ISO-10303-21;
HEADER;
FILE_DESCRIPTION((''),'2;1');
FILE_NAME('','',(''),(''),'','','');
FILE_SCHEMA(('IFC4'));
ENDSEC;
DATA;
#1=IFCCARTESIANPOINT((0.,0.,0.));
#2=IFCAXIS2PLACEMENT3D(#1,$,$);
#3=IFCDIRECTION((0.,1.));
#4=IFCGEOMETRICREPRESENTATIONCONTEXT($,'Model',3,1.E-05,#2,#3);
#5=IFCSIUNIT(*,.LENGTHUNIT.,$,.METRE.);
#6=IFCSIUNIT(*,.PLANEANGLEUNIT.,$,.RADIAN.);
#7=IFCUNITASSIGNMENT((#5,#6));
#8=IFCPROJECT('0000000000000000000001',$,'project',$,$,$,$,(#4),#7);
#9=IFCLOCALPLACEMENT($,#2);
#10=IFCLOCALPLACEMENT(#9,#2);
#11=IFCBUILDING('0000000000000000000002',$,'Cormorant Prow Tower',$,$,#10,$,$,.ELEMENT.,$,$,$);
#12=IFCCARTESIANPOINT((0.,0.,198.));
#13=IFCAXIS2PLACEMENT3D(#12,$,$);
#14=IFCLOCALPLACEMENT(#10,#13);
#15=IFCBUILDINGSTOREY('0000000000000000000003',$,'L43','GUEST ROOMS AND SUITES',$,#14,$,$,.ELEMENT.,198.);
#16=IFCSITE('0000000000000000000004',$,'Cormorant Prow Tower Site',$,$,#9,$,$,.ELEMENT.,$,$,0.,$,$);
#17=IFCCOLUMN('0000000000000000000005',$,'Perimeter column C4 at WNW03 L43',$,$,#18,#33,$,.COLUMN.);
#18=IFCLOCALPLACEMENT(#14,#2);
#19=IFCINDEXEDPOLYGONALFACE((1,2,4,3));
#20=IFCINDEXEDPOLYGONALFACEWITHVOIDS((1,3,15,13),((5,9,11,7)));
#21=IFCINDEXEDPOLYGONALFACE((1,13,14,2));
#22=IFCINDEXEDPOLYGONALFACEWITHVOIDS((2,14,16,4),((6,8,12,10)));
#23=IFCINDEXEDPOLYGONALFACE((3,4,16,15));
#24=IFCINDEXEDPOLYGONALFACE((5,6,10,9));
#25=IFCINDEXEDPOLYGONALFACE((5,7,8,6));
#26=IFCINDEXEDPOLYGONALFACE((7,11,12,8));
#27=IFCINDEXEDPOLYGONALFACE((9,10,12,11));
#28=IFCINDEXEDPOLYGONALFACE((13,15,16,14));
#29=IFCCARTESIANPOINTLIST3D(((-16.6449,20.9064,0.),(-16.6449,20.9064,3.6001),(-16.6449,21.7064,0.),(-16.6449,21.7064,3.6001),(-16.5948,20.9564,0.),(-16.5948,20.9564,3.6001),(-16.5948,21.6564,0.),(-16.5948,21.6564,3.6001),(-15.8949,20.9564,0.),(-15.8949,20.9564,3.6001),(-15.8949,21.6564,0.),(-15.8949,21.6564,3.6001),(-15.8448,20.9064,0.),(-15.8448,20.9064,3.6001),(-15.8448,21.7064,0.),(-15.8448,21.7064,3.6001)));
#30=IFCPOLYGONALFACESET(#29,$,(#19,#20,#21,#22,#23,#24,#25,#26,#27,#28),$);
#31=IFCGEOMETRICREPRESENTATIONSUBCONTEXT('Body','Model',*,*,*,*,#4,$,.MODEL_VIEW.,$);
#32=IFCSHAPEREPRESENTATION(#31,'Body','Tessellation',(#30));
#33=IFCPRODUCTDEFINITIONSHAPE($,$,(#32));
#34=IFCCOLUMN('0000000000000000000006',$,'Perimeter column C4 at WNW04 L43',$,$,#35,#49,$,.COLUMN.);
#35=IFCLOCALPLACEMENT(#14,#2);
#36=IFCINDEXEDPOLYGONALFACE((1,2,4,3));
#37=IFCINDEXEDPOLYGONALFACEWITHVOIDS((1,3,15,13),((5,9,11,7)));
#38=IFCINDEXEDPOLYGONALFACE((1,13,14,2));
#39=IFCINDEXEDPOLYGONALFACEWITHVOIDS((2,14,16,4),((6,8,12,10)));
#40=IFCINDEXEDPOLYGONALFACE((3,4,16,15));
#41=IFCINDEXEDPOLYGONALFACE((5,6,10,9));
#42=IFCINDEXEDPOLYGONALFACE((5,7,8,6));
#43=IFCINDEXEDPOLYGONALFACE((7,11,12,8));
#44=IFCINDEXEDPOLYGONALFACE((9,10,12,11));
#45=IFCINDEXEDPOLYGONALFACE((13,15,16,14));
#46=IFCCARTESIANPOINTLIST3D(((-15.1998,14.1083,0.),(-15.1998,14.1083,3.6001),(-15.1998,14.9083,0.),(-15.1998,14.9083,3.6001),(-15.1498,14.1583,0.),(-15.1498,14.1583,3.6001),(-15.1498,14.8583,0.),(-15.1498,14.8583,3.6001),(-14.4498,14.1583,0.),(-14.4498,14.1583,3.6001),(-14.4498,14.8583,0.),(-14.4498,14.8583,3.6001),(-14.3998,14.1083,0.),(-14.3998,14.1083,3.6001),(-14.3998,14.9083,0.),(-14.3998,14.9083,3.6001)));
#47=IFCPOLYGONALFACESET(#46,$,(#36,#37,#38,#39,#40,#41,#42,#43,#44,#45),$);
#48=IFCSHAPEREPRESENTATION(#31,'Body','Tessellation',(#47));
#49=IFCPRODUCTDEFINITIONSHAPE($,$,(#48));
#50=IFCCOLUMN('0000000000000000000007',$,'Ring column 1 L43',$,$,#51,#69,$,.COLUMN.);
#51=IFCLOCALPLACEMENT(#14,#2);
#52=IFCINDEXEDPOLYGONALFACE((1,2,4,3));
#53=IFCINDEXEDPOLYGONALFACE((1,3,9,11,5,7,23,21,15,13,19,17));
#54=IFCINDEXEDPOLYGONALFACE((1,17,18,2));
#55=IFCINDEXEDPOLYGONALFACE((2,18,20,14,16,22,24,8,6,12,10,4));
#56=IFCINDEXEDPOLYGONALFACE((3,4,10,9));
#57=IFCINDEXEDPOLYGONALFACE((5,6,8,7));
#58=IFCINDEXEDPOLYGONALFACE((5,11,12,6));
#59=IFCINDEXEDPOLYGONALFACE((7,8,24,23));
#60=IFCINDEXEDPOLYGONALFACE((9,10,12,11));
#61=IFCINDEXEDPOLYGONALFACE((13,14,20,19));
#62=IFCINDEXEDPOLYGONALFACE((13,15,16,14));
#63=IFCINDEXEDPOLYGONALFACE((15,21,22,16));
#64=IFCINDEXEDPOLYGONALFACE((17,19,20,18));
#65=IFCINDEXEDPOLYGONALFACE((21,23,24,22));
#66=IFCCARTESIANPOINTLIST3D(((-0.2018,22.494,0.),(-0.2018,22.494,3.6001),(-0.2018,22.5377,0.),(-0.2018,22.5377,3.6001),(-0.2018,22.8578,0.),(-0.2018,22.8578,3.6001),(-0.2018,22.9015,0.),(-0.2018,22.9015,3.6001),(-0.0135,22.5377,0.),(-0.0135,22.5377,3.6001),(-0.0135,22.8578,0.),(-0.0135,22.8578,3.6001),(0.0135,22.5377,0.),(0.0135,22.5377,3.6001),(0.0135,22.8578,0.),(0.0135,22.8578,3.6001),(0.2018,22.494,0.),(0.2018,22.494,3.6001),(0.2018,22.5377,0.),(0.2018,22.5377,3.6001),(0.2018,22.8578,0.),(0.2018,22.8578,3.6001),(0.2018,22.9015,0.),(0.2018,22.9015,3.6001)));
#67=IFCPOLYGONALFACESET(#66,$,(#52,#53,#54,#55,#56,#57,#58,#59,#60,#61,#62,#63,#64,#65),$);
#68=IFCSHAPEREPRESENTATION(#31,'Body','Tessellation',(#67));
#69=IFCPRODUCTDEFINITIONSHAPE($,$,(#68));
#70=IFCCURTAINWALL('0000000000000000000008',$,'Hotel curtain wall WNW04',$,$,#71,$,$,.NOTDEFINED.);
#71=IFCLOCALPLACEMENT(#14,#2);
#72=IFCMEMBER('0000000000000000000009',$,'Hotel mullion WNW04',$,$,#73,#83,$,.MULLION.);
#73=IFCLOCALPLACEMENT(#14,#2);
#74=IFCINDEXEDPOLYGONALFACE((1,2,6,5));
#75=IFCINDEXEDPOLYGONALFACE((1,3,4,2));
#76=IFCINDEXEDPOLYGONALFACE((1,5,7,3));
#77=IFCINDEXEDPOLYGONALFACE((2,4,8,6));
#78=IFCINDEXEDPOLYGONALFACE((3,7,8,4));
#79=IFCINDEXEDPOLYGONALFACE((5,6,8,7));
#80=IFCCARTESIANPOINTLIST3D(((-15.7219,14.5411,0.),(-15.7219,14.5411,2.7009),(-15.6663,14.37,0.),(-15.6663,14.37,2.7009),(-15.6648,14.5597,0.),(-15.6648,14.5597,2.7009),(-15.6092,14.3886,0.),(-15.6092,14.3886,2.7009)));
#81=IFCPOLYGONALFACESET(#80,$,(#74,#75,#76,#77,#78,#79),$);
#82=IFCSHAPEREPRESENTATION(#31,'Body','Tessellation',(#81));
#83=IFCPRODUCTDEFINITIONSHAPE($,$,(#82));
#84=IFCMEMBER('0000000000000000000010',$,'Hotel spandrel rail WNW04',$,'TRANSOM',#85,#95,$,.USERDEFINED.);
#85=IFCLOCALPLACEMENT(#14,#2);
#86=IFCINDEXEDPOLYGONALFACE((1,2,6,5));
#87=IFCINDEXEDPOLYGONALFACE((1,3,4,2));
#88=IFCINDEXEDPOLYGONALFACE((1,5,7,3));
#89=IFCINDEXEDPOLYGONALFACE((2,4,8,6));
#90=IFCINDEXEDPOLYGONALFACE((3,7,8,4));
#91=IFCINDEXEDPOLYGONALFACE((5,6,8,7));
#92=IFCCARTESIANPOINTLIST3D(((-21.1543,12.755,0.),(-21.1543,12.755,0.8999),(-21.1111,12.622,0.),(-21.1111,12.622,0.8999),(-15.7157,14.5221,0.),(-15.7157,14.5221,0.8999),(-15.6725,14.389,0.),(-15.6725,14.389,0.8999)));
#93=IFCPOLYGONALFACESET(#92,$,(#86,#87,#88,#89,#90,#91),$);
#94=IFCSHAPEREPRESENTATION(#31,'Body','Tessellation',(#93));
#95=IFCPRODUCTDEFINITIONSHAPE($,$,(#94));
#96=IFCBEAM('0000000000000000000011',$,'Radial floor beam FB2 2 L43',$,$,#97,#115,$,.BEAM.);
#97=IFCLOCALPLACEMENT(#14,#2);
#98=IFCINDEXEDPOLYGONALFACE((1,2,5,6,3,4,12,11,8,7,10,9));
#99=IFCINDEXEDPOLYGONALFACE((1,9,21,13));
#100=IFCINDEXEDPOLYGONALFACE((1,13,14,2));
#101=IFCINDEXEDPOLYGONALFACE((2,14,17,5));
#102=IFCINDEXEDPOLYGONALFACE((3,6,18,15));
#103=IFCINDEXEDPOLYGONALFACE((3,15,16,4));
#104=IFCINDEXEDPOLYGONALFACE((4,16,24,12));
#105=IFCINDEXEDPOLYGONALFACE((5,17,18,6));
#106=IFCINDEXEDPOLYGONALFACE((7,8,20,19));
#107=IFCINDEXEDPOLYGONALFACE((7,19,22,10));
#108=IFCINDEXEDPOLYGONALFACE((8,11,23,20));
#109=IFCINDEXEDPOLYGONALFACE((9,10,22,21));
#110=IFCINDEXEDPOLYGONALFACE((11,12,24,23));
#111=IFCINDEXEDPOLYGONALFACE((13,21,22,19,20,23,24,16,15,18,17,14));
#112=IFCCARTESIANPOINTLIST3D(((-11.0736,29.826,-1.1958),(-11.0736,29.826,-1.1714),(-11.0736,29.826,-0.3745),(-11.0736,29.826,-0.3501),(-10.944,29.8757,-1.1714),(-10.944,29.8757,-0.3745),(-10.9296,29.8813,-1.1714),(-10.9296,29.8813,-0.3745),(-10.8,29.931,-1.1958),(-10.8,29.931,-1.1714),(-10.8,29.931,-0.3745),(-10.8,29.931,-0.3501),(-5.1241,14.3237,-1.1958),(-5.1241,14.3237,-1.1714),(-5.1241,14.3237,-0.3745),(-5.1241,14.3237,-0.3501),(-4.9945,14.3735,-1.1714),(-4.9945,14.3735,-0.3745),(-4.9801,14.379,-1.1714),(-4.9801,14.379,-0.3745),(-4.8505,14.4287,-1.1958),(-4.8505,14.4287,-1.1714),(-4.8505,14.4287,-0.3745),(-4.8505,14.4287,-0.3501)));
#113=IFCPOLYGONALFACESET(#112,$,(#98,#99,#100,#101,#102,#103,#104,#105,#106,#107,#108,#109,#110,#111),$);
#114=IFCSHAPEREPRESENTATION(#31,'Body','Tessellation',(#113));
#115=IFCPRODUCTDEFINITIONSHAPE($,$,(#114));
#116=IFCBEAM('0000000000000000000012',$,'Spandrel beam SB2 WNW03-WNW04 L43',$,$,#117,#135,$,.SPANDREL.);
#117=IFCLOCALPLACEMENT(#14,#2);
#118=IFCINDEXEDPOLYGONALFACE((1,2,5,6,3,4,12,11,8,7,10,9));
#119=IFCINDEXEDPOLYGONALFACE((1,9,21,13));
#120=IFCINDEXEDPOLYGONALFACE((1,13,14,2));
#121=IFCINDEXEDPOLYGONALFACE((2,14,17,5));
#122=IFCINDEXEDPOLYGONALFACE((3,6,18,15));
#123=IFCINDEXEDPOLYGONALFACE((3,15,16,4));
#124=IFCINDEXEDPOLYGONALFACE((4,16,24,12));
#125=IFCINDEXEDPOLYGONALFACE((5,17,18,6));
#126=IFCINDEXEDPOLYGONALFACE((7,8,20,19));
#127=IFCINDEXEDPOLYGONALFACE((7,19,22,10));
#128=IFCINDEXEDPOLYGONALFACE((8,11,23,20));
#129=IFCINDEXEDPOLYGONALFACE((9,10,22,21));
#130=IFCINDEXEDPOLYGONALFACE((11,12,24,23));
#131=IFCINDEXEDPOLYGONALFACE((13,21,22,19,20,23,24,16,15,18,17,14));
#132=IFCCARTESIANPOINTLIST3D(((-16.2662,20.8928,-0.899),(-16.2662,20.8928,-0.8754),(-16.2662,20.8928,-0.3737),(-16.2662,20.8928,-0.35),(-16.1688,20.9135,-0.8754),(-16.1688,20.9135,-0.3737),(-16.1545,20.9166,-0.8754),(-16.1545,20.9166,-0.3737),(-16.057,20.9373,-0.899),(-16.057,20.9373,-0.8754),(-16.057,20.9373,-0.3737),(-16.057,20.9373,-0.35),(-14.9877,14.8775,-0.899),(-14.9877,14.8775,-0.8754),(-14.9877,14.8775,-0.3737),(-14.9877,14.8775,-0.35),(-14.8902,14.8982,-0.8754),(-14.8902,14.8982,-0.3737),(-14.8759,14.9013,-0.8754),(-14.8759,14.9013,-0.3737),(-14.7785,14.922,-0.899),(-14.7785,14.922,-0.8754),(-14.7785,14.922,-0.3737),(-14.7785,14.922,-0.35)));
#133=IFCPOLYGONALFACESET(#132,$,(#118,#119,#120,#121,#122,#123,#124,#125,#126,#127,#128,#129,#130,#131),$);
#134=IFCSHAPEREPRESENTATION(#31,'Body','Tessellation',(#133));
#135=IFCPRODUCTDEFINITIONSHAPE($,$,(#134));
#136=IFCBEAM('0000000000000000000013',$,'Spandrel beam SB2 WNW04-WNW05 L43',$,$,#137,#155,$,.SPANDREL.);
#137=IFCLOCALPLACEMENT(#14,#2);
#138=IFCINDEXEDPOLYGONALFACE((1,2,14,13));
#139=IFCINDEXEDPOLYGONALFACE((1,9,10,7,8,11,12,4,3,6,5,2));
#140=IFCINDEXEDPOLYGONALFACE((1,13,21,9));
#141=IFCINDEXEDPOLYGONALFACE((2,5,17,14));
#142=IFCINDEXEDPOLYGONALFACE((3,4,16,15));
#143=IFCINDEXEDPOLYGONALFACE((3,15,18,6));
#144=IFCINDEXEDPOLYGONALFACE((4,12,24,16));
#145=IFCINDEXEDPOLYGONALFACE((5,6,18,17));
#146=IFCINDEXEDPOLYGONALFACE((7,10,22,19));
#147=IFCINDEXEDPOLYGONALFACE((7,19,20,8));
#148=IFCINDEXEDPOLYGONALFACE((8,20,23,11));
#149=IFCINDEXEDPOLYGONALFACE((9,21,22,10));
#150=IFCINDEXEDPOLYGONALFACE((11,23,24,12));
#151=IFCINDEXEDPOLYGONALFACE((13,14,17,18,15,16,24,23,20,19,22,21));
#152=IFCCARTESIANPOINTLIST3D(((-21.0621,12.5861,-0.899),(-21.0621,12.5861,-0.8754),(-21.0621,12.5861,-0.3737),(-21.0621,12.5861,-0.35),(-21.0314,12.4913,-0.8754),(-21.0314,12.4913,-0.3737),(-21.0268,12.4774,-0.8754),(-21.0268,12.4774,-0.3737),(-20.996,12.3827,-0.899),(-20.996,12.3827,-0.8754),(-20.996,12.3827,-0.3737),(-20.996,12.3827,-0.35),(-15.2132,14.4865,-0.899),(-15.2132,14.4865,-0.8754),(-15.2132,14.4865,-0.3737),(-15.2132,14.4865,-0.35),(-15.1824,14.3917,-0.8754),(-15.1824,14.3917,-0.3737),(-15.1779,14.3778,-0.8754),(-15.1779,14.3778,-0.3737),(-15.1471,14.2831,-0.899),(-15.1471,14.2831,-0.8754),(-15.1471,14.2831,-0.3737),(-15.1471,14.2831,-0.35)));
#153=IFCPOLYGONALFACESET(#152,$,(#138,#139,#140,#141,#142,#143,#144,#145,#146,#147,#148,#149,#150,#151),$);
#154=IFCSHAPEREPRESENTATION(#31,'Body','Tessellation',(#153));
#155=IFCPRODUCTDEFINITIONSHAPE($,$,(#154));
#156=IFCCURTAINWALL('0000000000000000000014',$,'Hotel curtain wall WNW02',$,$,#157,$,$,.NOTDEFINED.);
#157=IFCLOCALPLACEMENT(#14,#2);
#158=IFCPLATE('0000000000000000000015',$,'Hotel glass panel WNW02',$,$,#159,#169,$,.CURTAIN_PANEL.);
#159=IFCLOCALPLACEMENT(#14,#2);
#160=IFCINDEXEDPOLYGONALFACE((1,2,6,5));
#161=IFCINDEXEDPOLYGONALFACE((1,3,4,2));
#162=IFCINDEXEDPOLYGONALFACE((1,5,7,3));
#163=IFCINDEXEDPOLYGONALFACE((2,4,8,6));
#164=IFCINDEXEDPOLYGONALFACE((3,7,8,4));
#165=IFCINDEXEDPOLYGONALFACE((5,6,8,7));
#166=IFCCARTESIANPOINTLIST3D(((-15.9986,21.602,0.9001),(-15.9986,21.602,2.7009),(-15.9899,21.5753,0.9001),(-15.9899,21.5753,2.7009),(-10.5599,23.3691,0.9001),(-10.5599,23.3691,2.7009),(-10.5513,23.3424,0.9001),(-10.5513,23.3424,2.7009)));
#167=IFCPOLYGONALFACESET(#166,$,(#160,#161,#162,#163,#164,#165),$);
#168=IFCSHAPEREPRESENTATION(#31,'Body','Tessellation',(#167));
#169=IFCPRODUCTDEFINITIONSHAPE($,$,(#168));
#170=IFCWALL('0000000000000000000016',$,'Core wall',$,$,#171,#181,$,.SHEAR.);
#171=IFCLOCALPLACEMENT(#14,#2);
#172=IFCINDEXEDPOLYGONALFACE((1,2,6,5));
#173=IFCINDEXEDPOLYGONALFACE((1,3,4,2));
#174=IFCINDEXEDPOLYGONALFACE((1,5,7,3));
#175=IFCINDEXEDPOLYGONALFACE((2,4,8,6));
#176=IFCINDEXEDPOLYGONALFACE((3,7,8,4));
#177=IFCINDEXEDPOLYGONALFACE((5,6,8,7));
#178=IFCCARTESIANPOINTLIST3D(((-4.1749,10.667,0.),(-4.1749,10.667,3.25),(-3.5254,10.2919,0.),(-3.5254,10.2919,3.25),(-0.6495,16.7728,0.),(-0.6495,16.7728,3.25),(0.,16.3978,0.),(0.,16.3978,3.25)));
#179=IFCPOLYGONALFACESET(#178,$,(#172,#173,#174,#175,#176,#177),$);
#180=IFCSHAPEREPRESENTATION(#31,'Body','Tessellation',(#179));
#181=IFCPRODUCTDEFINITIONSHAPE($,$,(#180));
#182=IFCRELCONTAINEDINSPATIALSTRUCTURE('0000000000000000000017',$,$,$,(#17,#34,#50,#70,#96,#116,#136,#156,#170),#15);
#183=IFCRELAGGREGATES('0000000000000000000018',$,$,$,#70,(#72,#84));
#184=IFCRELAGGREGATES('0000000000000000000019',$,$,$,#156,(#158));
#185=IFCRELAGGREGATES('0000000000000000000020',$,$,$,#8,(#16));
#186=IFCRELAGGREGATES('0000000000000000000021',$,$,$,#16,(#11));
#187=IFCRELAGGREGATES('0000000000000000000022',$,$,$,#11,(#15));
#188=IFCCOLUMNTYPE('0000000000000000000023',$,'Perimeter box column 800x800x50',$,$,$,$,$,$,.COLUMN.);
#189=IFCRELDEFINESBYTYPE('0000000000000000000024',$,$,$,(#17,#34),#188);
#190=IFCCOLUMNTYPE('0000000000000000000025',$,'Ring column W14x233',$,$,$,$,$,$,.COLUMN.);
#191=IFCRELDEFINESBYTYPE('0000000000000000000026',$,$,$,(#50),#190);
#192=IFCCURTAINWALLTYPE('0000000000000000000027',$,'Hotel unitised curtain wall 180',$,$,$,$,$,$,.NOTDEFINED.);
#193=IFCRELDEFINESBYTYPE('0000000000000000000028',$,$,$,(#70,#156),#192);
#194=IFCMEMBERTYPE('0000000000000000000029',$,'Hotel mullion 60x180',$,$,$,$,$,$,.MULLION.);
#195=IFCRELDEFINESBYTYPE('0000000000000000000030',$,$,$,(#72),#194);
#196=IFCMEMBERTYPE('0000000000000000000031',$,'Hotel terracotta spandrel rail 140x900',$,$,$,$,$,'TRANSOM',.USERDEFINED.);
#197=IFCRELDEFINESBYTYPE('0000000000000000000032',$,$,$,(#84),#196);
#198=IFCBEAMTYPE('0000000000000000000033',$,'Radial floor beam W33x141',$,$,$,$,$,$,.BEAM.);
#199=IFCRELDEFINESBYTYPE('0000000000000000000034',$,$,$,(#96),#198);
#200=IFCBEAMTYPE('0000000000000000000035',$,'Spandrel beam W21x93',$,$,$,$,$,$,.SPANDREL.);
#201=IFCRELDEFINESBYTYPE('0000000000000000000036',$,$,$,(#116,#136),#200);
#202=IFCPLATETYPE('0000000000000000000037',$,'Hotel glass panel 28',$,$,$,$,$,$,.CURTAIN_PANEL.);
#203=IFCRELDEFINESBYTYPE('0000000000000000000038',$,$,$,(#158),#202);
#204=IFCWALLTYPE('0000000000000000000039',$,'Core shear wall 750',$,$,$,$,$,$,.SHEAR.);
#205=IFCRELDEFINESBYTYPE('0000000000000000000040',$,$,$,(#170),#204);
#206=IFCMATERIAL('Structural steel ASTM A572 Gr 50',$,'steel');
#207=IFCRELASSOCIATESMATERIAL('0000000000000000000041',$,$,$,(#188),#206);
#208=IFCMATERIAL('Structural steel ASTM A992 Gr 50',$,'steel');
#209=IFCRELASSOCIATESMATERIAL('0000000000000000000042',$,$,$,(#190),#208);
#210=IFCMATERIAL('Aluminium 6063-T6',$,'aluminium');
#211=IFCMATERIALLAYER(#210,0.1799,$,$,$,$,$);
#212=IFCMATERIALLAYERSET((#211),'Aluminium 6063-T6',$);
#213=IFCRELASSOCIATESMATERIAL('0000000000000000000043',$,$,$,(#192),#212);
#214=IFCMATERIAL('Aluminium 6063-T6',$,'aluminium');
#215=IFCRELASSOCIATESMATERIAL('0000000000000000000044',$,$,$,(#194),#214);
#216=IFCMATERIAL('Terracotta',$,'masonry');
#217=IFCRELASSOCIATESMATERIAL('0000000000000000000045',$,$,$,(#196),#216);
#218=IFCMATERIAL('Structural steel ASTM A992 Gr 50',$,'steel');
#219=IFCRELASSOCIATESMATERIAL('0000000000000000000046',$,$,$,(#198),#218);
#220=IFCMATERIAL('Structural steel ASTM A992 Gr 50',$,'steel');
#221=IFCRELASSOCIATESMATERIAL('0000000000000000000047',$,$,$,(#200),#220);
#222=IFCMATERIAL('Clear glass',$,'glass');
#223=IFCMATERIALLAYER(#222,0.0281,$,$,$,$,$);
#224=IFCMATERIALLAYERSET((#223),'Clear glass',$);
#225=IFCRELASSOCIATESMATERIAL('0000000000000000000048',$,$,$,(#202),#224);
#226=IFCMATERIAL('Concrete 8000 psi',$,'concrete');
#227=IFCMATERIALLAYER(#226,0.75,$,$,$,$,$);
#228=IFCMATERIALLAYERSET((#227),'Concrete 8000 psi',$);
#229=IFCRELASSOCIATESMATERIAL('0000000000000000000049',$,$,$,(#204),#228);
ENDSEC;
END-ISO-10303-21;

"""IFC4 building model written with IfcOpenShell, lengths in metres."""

from ifc_helpers import new_model, si_unit, direction, frame, frame_2d, origin, origin_2d, place, context, subcontext, project, spatial, rectangle, hollow_rectangle, i_section, extrude, material, layer, layer_set, material_profile, profile_set, type_object, element, aggregate, save


model = new_model("IFC4")

# Units and contexts
model_context = context("Model", 3, precision=1e-05, world=origin(), true_north=direction((0.0, 1.0)))
body_context = subcontext(model_context, "Body", "Model", "MODEL_VIEW")
ifc_project = project(units=[si_unit("LENGTHUNIT", "METRE"), si_unit("PLANEANGLEUNIT", "RADIAN")], contexts=[model_context])

# Site, building, storey
site_placement = place(None, origin())
site = spatial("IfcSite", under=ifc_project, at=site_placement, Name="Cormorant Prow Tower Site", CompositionType="ELEMENT", RefElevation=0.0)
building_placement = place(site_placement, origin())
building = spatial("IfcBuilding", under=site, at=building_placement, Name="Cormorant Prow Tower", CompositionType="ELEMENT")
storey_placement = place(building_placement, frame((0.0, 0.0, 198.0)))
storey = spatial("IfcBuildingStorey", under=building, at=storey_placement, Name="L43", Description="GUEST ROOMS AND SUITES", CompositionType="ELEMENT", Elevation=198.0)

# Columns
ifc_material_1 = material(Name="Structural steel ASTM A572 Gr 50", Category="steel")
ifc_material_profile_1 = material_profile(ifc_material_1, hollow_rectangle(XDim=0.8, YDim=0.8, WallThickness=0.05, at=origin_2d()), Name="Box 800x800x50")
ifc_profile_set_1 = profile_set([ifc_material_profile_1], Name="Structural steel ASTM A572 Gr 50")
column_type_1 = type_object("IfcColumnType", Name="Perimeter box column 800x800x50", PredefinedType="COLUMN", material=ifc_profile_set_1)
for number, where, z_axis, x_axis, name in (
    (1, (-16.2449, 21.3064, 0.0), (0.0, 0.0, 1.0), (1.0, 0.0, 0.0), "Perimeter column C4 at WNW03 L43"),
    (2, (-14.7998, 14.5083, 0.0), (0.0, 0.0, 1.0), (1.0, 0.0, 0.0), "Perimeter column C4 at WNW04 L43"),
):
    element("IfcColumn", number, at=place(storey_placement, frame(where, z_axis=z_axis, x_axis=x_axis)), inside=storey, type_object=column_type_1, Name=name, PredefinedType="COLUMN", context=body_context, shape_type="SweptSolid", body=[
        extrude(hollow_rectangle(XDim=0.8, YDim=0.8, WallThickness=0.05, at=origin_2d()), origin(), (0.0, 0.0, 1.0), 3.6001),
    ])
ifc_material_2 = material(Name="Structural steel ASTM A992 Gr 50", Category="steel")
ifc_material_profile_2 = material_profile(ifc_material_2, i_section(OverallWidth=0.4036, OverallDepth=0.4075, WebThickness=0.0271, FlangeThickness=0.0437, at=origin_2d()), Name="W14x233")
ifc_profile_set_2 = profile_set([ifc_material_profile_2], Name="Structural steel ASTM A992 Gr 50")
column_type_2 = type_object("IfcColumnType", Name="Ring column W14x233", PredefinedType="COLUMN", material=ifc_profile_set_2)
column_placement = place(storey_placement, frame((0.0, 22.6978, 0.0), z_axis=(0.0, 0.0, 1.0), x_axis=(1.0, 0.0, 0.0)))
element("IfcColumn", 3, at=column_placement, inside=storey, type_object=column_type_2, Name="Ring column 1 L43", PredefinedType="COLUMN", context=body_context, shape_type="SweptSolid", body=[
    extrude(i_section(OverallWidth=0.4036, OverallDepth=0.4075, WebThickness=0.0271, FlangeThickness=0.0437, at=origin_2d()), origin(), (0.0, 0.0, 1.0), 3.6001),
])

# Curtain wall, members
ifc_material_3 = material(Name="Aluminium 6063-T6", Category="aluminium")
ifc_layer_1 = layer(ifc_material_3, 0.1799)
ifc_layer_set_1 = layer_set([ifc_layer_1], Name="Aluminium 6063-T6")
curtain_wall_type = type_object("IfcCurtainWallType", Name="Hotel unitised curtain wall 180", PredefinedType="NOTDEFINED", material=ifc_layer_set_1)
curtain_wall_1_placement = place(storey_placement, origin())
curtain_wall_1 = element("IfcCurtainWall", 4, at=curtain_wall_1_placement, inside=storey, type_object=curtain_wall_type, Name="Hotel curtain wall WNW04", PredefinedType="NOTDEFINED")
ifc_material_4 = material(Name="Aluminium 6063-T6", Category="aluminium")
ifc_material_profile_3 = material_profile(ifc_material_4, rectangle(XDim=0.1799, YDim=0.0601, at=origin_2d()), Name="Hotel mullion 60x180")
ifc_profile_set_3 = profile_set([ifc_material_profile_3], Name="Aluminium 6063-T6")
member_type_1 = type_object("IfcMemberType", Name="Hotel mullion 60x180", PredefinedType="MULLION", material=ifc_profile_set_3)
member_1_placement = place(storey_placement, frame((-15.6655, 14.4648, 0.0), z_axis=(0.0, 0.0, 1.0), x_axis=(0.309017, -0.951057, 0.0)))
member_1 = element("IfcMember", 5, at=member_1_placement, type_object=member_type_1, Name="Hotel mullion WNW04", PredefinedType="MULLION", context=body_context, shape_type="SweptSolid", body=[
    extrude(rectangle(XDim=0.1799, YDim=0.0601, at=origin_2d()), origin(), (0.0, 0.0, 1.0), 2.7009),
])
ifc_material_5 = material(Name="Terracotta", Category="masonry")
ifc_material_profile_4 = material_profile(ifc_material_5, rectangle(XDim=0.1399, YDim=0.8999, at=origin_2d()), Name="Hotel terracotta spandrel rail 140x900")
ifc_profile_set_4 = profile_set([ifc_material_profile_4], Name="Terracotta")
member_type_2 = type_object("IfcMemberType", Name="Hotel terracotta spandrel rail 140x900", ElementType="TRANSOM", PredefinedType="USERDEFINED", material=ifc_profile_set_4)
member_2_placement = place(storey_placement, frame((-15.6941, 14.4556, 0.45), z_axis=(-0.951059, -0.309008, 0.0), x_axis=(0.309008, -0.951059, 0.0)))
member_2 = element("IfcMember", 6, at=member_2_placement, type_object=member_type_2, Name="Hotel spandrel rail WNW04", ObjectType="TRANSOM", PredefinedType="USERDEFINED", context=body_context, shape_type="SweptSolid", body=[
    extrude(rectangle(XDim=0.1399, YDim=0.8999, at=origin_2d()), origin(), (0.0, 0.0, 1.0), 5.7185),
])
aggregate(curtain_wall_1, [member_1, member_2])

# Beams
ifc_material_6 = material(Name="Structural steel ASTM A992 Gr 50", Category="steel")
ifc_material_profile_5 = material_profile(ifc_material_6, i_section(OverallWidth=0.293, OverallDepth=0.8457, WebThickness=0.0154, FlangeThickness=0.0244, at=origin_2d()), Name="W33x141")
ifc_profile_set_5 = profile_set([ifc_material_profile_5], Name="Structural steel ASTM A992 Gr 50")
beam_type_1 = type_object("IfcBeamType", Name="Radial floor beam W33x141", PredefinedType="BEAM", material=ifc_profile_set_5)
beam_1_placement = place(storey_placement, frame((-4.9873, 14.3762, -0.7729), z_axis=(-0.358301, 0.933606, 0.0), x_axis=(-0.933606, -0.358301, 0.0)))
element("IfcBeam", 7, at=beam_1_placement, inside=storey, type_object=beam_type_1, Name="Radial floor beam FB2 2 L43", PredefinedType="BEAM", context=body_context, shape_type="SweptSolid", body=[
    extrude(i_section(OverallWidth=0.293, OverallDepth=0.8457, WebThickness=0.0154, FlangeThickness=0.0244, at=origin_2d()), origin(), (0.0, 0.0, 1.0), 16.6047),
])
ifc_material_7 = material(Name="Structural steel ASTM A992 Gr 50", Category="steel")
ifc_material_profile_6 = material_profile(ifc_material_7, i_section(OverallWidth=0.2139, OverallDepth=0.5491, WebThickness=0.0146, FlangeThickness=0.0237, at=origin_2d()), Name="W21x93")
ifc_profile_set_6 = profile_set([ifc_material_profile_6], Name="Structural steel ASTM A992 Gr 50")
beam_type_2 = type_object("IfcBeamType", Name="Spandrel beam W21x93", PredefinedType="SPANDREL", material=ifc_profile_set_6)
beam_2_placement = place(storey_placement, frame((-16.1616, 20.915, -0.6245), z_axis=(0.207905, -0.978149, 0.0), x_axis=(0.978149, 0.207905, 0.0)))
element("IfcBeam", 8, at=beam_2_placement, inside=storey, type_object=beam_type_2, Name="Spandrel beam SB2 WNW03-WNW04 L43", PredefinedType="SPANDREL", context=body_context, shape_type="SweptSolid", body=[
    extrude(i_section(OverallWidth=0.2139, OverallDepth=0.5491, WebThickness=0.0146, FlangeThickness=0.0237, at=origin_2d()), origin(), (0.0, 0.0, 1.0), 6.1497),
])
beam_3_placement = place(storey_placement, frame((-15.1802, 14.3848, -0.6245), z_axis=(-0.951058, -0.309013, 0.0), x_axis=(0.309013, -0.951058, 0.0)))
element("IfcBeam", 9, at=beam_3_placement, inside=storey, type_object=beam_type_2, Name="Spandrel beam SB2 WNW04-WNW05 L43", PredefinedType="SPANDREL", context=body_context, shape_type="SweptSolid", body=[
    extrude(i_section(OverallWidth=0.2139, OverallDepth=0.5491, WebThickness=0.0146, FlangeThickness=0.0237, at=origin_2d()), origin(), (0.0, 0.0, 1.0), 6.1499),
])

# Curtain wall, plate
curtain_wall_2_placement = place(storey_placement, origin())
curtain_wall_2 = element("IfcCurtainWall", 10, at=curtain_wall_2_placement, inside=storey, type_object=curtain_wall_type, Name="Hotel curtain wall WNW02", PredefinedType="NOTDEFINED")
ifc_material_8 = material(Name="Clear glass", Category="glass")
ifc_layer_2 = layer(ifc_material_8, 0.0281)
ifc_layer_set_2 = layer_set([ifc_layer_2], Name="Clear glass")
plate_type = type_object("IfcPlateType", Name="Hotel glass panel 28", PredefinedType="CURTAIN_PANEL", material=ifc_layer_set_2)
plate_placement = place(storey_placement, frame((-13.2749, 22.4722, 0.9001), z_axis=(0.0, 0.0, 1.0), x_axis=(-0.951056, -0.309017, 0.0)))
plate = element("IfcPlate", 11, at=plate_placement, type_object=plate_type, Name="Hotel glass panel WNW02", PredefinedType="CURTAIN_PANEL", context=body_context, shape_type="SweptSolid", body=[
    extrude(rectangle(XDim=5.7185, YDim=0.0281, at=origin_2d()), origin(), (0.0, 0.0, 1.0), 1.8008),
])
aggregate(curtain_wall_2, [plate])

# Wall
ifc_material_9 = material(Name="Concrete 8000 psi", Category="concrete")
ifc_layer_3 = layer(ifc_material_9, 0.75)
ifc_layer_set_3 = layer_set([ifc_layer_3], Name="Concrete 8000 psi")
wall_type_1 = type_object("IfcWallType", Name="Core shear wall 750", PredefinedType="SHEAR", material=ifc_layer_set_3)
wall_1_placement = place(storey_placement, frame((-0.3247, 16.5854, 0.0), z_axis=(0.0, 0.0, 1.0), x_axis=(-0.500012, -0.866018, 0.0)))
element("IfcWall", 12, at=wall_1_placement, inside=storey, type_object=wall_type_1, Name="Core wall", PredefinedType="SHEAR", context=body_context, shape_type="SweptSolid", body=[
    extrude(rectangle(XDim=7.0505, YDim=0.75, at=frame_2d((3.5254, 0.0))), origin(), (0.0, 0.0, 1.0), 3.25),
])

save(model, "model.ifc")
